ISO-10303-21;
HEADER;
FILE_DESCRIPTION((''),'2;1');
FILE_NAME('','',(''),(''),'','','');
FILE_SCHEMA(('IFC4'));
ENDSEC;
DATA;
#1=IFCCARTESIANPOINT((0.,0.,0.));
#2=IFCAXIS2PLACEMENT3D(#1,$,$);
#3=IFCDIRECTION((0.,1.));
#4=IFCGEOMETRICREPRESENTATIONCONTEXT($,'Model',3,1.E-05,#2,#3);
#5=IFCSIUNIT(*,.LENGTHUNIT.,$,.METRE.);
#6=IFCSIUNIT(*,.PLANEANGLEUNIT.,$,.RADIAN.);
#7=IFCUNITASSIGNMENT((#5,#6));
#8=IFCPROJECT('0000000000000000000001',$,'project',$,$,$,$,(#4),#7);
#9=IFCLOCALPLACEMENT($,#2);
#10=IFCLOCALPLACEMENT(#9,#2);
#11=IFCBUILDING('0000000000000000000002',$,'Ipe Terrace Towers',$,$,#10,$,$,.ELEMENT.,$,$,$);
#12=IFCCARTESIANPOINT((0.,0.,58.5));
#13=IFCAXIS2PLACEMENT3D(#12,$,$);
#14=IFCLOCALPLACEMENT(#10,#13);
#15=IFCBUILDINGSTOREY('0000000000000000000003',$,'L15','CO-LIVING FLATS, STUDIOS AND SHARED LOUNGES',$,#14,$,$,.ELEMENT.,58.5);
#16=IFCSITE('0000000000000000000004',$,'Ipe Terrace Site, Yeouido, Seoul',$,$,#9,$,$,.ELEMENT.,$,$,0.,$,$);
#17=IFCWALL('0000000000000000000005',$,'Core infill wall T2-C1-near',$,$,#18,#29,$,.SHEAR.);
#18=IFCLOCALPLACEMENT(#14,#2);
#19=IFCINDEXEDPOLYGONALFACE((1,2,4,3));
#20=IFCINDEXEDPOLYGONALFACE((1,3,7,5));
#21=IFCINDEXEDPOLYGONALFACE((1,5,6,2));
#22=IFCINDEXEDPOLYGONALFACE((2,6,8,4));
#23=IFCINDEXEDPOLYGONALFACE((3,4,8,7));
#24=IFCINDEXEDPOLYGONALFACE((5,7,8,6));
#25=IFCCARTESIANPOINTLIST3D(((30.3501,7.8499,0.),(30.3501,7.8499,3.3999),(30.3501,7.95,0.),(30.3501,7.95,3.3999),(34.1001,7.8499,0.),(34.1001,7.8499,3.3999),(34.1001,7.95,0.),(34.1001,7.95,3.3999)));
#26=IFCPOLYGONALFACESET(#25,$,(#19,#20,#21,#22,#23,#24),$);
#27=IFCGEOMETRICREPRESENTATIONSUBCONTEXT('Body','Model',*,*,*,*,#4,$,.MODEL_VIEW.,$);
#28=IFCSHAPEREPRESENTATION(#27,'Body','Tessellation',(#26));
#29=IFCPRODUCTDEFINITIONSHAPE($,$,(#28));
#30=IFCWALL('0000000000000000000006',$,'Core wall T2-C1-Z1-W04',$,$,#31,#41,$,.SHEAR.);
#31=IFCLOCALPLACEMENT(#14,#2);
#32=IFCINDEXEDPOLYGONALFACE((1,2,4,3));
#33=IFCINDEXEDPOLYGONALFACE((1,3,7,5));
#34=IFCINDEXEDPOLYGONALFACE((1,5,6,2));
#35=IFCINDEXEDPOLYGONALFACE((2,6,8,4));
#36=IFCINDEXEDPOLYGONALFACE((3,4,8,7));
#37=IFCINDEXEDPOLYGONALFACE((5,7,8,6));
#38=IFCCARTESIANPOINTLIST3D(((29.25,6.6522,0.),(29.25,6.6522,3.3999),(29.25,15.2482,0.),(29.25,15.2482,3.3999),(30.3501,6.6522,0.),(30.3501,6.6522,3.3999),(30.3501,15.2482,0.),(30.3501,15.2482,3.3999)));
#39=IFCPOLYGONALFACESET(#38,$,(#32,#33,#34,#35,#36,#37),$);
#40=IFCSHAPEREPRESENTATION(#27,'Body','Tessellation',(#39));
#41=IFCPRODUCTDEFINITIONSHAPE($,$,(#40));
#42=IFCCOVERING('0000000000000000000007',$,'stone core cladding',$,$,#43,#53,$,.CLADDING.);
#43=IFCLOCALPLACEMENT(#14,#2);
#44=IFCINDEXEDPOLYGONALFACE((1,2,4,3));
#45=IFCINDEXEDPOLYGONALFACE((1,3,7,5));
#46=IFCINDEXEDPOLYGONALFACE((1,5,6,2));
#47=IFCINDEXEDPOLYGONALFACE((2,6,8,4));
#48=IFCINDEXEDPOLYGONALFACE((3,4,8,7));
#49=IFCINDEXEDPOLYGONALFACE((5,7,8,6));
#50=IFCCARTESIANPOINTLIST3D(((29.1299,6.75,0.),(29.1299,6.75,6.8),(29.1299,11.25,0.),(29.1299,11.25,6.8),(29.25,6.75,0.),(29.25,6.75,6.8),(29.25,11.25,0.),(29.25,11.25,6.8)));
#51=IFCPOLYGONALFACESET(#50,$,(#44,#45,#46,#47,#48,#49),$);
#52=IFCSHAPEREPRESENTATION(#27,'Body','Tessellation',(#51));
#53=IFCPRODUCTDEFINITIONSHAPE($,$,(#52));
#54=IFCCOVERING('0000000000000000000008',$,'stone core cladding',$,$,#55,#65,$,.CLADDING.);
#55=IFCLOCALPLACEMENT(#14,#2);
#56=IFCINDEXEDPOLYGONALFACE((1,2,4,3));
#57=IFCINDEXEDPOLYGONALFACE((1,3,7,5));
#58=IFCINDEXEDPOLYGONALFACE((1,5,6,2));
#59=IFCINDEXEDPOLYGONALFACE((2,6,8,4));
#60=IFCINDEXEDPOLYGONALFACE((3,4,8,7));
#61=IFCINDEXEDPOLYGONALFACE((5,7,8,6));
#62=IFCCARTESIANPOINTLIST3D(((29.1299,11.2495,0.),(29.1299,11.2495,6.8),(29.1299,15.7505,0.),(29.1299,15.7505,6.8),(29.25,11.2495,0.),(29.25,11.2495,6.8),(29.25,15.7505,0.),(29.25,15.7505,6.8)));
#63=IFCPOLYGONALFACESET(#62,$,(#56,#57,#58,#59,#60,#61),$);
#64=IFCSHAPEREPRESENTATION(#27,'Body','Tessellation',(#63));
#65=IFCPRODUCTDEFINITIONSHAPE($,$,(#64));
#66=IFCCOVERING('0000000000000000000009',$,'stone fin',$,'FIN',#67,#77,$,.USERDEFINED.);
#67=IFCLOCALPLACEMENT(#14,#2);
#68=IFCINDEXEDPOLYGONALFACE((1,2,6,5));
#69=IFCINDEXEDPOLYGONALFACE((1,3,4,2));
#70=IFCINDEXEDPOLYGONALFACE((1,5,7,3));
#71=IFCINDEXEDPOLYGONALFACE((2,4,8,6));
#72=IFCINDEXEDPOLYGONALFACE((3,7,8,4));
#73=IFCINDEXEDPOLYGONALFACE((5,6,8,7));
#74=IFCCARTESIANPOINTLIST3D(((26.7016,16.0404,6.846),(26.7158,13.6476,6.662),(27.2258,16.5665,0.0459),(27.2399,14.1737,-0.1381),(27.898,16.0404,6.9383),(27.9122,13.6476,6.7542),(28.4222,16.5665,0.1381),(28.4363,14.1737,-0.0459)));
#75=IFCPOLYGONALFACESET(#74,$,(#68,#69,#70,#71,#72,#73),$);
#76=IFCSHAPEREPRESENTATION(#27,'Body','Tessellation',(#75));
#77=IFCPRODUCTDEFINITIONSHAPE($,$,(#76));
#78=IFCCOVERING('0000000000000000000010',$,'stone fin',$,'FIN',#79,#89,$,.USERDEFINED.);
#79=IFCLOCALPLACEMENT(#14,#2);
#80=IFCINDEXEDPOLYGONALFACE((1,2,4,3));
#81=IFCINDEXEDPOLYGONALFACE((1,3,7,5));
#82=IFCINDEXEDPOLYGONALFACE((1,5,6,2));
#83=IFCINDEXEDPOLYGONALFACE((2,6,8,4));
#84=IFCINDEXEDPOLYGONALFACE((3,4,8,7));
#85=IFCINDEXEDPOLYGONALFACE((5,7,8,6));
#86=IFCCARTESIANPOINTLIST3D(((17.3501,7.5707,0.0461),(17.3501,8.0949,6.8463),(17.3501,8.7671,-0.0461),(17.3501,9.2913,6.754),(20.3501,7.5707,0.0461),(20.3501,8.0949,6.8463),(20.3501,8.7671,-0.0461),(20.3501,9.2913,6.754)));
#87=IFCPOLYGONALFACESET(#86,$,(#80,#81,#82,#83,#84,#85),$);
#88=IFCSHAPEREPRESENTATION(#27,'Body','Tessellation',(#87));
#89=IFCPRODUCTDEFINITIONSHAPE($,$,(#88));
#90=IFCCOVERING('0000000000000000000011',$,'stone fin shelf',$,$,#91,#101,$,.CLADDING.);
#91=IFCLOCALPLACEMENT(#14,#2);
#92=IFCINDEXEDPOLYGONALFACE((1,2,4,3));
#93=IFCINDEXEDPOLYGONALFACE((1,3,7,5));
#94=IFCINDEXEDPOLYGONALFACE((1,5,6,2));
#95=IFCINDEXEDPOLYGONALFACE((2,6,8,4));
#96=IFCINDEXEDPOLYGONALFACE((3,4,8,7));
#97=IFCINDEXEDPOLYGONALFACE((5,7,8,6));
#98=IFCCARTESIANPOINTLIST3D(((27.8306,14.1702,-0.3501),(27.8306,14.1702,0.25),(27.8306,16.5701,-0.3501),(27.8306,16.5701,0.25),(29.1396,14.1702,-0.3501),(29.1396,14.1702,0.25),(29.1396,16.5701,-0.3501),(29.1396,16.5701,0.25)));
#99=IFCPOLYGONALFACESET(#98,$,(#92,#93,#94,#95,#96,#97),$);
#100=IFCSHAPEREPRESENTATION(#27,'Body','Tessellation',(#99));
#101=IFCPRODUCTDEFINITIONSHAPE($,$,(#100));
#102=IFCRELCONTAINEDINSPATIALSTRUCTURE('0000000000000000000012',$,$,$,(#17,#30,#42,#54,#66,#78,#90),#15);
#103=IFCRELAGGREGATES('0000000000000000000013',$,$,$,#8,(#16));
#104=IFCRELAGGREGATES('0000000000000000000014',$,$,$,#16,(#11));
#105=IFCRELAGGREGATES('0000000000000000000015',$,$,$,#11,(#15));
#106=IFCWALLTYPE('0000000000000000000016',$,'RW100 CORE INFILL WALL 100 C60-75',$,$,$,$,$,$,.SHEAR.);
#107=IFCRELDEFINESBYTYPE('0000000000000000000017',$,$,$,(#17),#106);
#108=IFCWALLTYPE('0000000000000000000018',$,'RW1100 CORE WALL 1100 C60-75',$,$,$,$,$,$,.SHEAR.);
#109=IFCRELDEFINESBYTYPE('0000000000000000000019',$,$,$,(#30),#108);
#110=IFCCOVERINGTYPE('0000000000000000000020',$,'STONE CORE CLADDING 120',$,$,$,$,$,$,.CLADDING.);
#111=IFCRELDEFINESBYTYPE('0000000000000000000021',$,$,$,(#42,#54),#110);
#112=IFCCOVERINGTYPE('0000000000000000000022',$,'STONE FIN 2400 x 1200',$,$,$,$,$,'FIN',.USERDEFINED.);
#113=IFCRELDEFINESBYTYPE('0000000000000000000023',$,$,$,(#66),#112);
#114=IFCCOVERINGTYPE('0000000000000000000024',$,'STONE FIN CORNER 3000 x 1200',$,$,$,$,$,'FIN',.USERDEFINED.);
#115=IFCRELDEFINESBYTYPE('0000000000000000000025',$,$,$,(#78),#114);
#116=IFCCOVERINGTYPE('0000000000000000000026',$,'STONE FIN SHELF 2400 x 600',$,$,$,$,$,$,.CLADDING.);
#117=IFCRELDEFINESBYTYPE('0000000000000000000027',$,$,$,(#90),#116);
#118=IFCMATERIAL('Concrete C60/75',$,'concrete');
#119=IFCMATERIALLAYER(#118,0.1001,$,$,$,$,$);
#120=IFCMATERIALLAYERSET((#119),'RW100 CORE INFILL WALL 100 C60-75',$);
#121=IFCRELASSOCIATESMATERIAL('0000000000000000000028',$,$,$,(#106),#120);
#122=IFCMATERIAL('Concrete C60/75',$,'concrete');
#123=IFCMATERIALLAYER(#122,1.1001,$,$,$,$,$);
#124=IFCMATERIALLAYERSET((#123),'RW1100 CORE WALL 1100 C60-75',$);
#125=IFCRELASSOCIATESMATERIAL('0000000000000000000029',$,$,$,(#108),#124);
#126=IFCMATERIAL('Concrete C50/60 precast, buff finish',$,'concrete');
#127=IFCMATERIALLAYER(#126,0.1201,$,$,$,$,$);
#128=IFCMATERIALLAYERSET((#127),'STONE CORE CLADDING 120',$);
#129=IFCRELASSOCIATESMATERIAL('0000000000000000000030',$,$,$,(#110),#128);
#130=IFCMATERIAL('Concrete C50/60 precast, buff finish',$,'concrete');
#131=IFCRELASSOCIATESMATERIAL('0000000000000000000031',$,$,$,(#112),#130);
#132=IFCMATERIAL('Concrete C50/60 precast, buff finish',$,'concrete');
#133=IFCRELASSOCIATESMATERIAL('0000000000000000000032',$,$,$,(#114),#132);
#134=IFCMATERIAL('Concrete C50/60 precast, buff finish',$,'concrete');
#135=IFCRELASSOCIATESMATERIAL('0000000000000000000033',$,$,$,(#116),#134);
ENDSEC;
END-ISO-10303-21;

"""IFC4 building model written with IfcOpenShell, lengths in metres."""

from ifc_helpers import new_model, si_unit, direction, frame, frame_2d, origin, origin_2d, place, context, subcontext, project, spatial, rectangle, extrude, material, layer, layer_set, material_profile, profile_set, type_object, element, save


model = new_model("IFC4")

# Units and contexts
model_context = context("Model", 3, precision=1e-05, world=origin(), true_north=direction((0.0, 1.0)))
body_context = subcontext(model_context, "Body", "Model", "MODEL_VIEW")
ifc_project = project(units=[si_unit("LENGTHUNIT", "METRE"), si_unit("PLANEANGLEUNIT", "RADIAN")], contexts=[model_context])

# Site, building, storey
site_placement = place(None, origin())
site = spatial("IfcSite", under=ifc_project, at=site_placement, Name="Ipe Terrace Site, Yeouido, Seoul", CompositionType="ELEMENT", RefElevation=0.0)
building_placement = place(site_placement, origin())
building = spatial("IfcBuilding", under=site, at=building_placement, Name="Ipe Terrace Towers", CompositionType="ELEMENT")
storey_placement = place(building_placement, frame((0.0, 0.0, 58.5)))
storey = spatial("IfcBuildingStorey", under=building, at=storey_placement, Name="L15", Description="CO-LIVING FLATS, STUDIOS AND SHARED LOUNGES", CompositionType="ELEMENT", Elevation=58.5)

# Walls
ifc_material_1 = material(Name="Concrete C60/75", Category="concrete")
ifc_layer_1 = layer(ifc_material_1, 0.1001)
ifc_layer_set_1 = layer_set([ifc_layer_1], Name="RW100 CORE INFILL WALL 100 C60-75")
wall_type_1 = type_object("IfcWallType", Name="RW100 CORE INFILL WALL 100 C60-75", PredefinedType="SHEAR", material=ifc_layer_set_1)
wall_1_placement = place(storey_placement, frame((34.1001, 7.8999, 0.0), z_axis=(0.0, 0.0, 1.0), x_axis=(-1.0, 0.0, 0.0)))
element("IfcWall", 1, at=wall_1_placement, inside=storey, type_object=wall_type_1, Name="Core infill wall T2-C1-near", PredefinedType="SHEAR", context=body_context, shape_type="SweptSolid", body=[
    extrude(rectangle(XDim=3.75, YDim=0.1001, at=frame_2d((1.875, 0.0))), origin(), (0.0, 0.0, 1.0), 3.3999),
])
ifc_material_2 = material(Name="Concrete C60/75", Category="concrete")
ifc_layer_2 = layer(ifc_material_2, 1.1001)
ifc_layer_set_2 = layer_set([ifc_layer_2], Name="RW1100 CORE WALL 1100 C60-75")
wall_type_2 = type_object("IfcWallType", Name="RW1100 CORE WALL 1100 C60-75", PredefinedType="SHEAR", material=ifc_layer_set_2)
wall_2_placement = place(storey_placement, frame((29.8, 15.248, 0.0), z_axis=(0.0, 0.0, 1.0), x_axis=(0.0, -1.0, 0.0)))
element("IfcWall", 2, at=wall_2_placement, inside=storey, type_object=wall_type_2, Name="Core wall T2-C1-Z1-W04", PredefinedType="SHEAR", context=body_context, shape_type="SweptSolid", body=[
    extrude(rectangle(XDim=8.5959, YDim=1.1001, at=frame_2d((4.2979, 0.0))), origin(), (0.0, 0.0, 1.0), 3.3999),
])

# Coverings
ifc_material_3 = material(Name="Concrete C50/60 precast, buff finish", Category="concrete")
ifc_layer_3 = layer(ifc_material_3, 0.1201)
ifc_layer_set_3 = layer_set([ifc_layer_3], Name="STONE CORE CLADDING 120")
covering_type_1 = type_object("IfcCoveringType", Name="STONE CORE CLADDING 120", PredefinedType="CLADDING", material=ifc_layer_set_3)
covering_1_placement = place(storey_placement, frame((29.1899, 9.0, 0.0), z_axis=(0.0, 0.0, 1.0), x_axis=(0.0, -1.0, 0.0)))
element("IfcCovering", 3, at=covering_1_placement, inside=storey, type_object=covering_type_1, Name="stone core cladding", PredefinedType="CLADDING", context=body_context, shape_type="SweptSolid", body=[
    extrude(rectangle(XDim=4.5, YDim=0.1201, at=origin_2d()), origin(), (0.0, 0.0, 1.0), 6.8),
])
covering_2_placement = place(storey_placement, frame((29.1899, 13.5, 0.0), z_axis=(0.0, 0.0, 1.0), x_axis=(0.0, -1.0, 0.0)))
element("IfcCovering", 4, at=covering_2_placement, inside=storey, type_object=covering_type_1, Name="stone core cladding", PredefinedType="CLADDING", context=body_context, shape_type="SweptSolid", body=[
    extrude(rectangle(XDim=4.501, YDim=0.1201, at=origin_2d()), origin(), (0.0, 0.0, 1.0), 6.8),
])
ifc_material_4 = material(Name="Concrete C50/60 precast, buff finish", Category="concrete")
ifc_material_profile_1 = material_profile(ifc_material_4, rectangle(XDim=2.3999, YDim=1.2, at=origin_2d()), Name="STONE FIN 2400 x 1200")
ifc_profile_set_1 = profile_set([ifc_material_profile_1], Name="Concrete C50/60 precast, buff finish")
covering_type_2 = type_object("IfcCoveringType", Name="STONE FIN 2400 x 1200", ElementType="FIN", PredefinedType="USERDEFINED", material=ifc_profile_set_1)
covering_3_placement = place(storey_placement, frame((27.8311, 15.3701, 0.0), z_axis=(-0.076628, -0.076913, 0.994089), x_axis=(0.005911, -0.997038, -0.076686)))
element("IfcCovering", 5, at=covering_3_placement, inside=storey, type_object=covering_type_2, Name="stone fin", ObjectType="FIN", PredefinedType="USERDEFINED", context=body_context, shape_type="SweptSolid", body=[
    extrude(rectangle(XDim=2.3999, YDim=1.2, at=origin_2d()), origin(), (0.0, 0.0, 1.0), 6.8406),
])
ifc_material_5 = material(Name="Concrete C50/60 precast, buff finish", Category="concrete")
ifc_material_profile_2 = material_profile(ifc_material_5, rectangle(XDim=3.0, YDim=1.2, at=origin_2d()), Name="STONE FIN CORNER 3000 x 1200")
ifc_profile_set_2 = profile_set([ifc_material_profile_2], Name="Concrete C50/60 precast, buff finish")
covering_type_3 = type_object("IfcCoveringType", Name="STONE FIN CORNER 3000 x 1200", ElementType="FIN", PredefinedType="USERDEFINED", material=ifc_profile_set_2)
covering_4_placement = place(storey_placement, frame((18.8501, 8.1689, 0.0), z_axis=(0.0, 0.076855, 0.997042), x_axis=(-1.0, 0.0, 0.0)))
element("IfcCovering", 6, at=covering_4_placement, inside=storey, type_object=covering_type_3, Name="stone fin", ObjectType="FIN", PredefinedType="USERDEFINED", context=body_context, shape_type="SweptSolid", body=[
    extrude(rectangle(XDim=3.0, YDim=1.2, at=origin_2d()), origin(), (0.0, 0.0, 1.0), 6.8203),
])
ifc_material_6 = material(Name="Concrete C50/60 precast, buff finish", Category="concrete")
covering_type_4 = type_object("IfcCoveringType", Name="STONE FIN SHELF 2400 x 600", PredefinedType="CLADDING", material=ifc_material_6)
covering_5_placement = place(storey_placement, frame((28.4851, 15.3701, -0.3501), z_axis=(0.0, 0.0, 1.0), x_axis=(0.0, -1.0, 0.0)))
element("IfcCovering", 7, at=covering_5_placement, inside=storey, type_object=covering_type_4, Name="stone fin shelf", PredefinedType="CLADDING", context=body_context, shape_type="SweptSolid", body=[
    extrude(rectangle(XDim=2.3999, YDim=1.3091, at=origin_2d()), origin(), (0.0, 0.0, 1.0), 0.6001),
])

save(model, "model.ifc")
